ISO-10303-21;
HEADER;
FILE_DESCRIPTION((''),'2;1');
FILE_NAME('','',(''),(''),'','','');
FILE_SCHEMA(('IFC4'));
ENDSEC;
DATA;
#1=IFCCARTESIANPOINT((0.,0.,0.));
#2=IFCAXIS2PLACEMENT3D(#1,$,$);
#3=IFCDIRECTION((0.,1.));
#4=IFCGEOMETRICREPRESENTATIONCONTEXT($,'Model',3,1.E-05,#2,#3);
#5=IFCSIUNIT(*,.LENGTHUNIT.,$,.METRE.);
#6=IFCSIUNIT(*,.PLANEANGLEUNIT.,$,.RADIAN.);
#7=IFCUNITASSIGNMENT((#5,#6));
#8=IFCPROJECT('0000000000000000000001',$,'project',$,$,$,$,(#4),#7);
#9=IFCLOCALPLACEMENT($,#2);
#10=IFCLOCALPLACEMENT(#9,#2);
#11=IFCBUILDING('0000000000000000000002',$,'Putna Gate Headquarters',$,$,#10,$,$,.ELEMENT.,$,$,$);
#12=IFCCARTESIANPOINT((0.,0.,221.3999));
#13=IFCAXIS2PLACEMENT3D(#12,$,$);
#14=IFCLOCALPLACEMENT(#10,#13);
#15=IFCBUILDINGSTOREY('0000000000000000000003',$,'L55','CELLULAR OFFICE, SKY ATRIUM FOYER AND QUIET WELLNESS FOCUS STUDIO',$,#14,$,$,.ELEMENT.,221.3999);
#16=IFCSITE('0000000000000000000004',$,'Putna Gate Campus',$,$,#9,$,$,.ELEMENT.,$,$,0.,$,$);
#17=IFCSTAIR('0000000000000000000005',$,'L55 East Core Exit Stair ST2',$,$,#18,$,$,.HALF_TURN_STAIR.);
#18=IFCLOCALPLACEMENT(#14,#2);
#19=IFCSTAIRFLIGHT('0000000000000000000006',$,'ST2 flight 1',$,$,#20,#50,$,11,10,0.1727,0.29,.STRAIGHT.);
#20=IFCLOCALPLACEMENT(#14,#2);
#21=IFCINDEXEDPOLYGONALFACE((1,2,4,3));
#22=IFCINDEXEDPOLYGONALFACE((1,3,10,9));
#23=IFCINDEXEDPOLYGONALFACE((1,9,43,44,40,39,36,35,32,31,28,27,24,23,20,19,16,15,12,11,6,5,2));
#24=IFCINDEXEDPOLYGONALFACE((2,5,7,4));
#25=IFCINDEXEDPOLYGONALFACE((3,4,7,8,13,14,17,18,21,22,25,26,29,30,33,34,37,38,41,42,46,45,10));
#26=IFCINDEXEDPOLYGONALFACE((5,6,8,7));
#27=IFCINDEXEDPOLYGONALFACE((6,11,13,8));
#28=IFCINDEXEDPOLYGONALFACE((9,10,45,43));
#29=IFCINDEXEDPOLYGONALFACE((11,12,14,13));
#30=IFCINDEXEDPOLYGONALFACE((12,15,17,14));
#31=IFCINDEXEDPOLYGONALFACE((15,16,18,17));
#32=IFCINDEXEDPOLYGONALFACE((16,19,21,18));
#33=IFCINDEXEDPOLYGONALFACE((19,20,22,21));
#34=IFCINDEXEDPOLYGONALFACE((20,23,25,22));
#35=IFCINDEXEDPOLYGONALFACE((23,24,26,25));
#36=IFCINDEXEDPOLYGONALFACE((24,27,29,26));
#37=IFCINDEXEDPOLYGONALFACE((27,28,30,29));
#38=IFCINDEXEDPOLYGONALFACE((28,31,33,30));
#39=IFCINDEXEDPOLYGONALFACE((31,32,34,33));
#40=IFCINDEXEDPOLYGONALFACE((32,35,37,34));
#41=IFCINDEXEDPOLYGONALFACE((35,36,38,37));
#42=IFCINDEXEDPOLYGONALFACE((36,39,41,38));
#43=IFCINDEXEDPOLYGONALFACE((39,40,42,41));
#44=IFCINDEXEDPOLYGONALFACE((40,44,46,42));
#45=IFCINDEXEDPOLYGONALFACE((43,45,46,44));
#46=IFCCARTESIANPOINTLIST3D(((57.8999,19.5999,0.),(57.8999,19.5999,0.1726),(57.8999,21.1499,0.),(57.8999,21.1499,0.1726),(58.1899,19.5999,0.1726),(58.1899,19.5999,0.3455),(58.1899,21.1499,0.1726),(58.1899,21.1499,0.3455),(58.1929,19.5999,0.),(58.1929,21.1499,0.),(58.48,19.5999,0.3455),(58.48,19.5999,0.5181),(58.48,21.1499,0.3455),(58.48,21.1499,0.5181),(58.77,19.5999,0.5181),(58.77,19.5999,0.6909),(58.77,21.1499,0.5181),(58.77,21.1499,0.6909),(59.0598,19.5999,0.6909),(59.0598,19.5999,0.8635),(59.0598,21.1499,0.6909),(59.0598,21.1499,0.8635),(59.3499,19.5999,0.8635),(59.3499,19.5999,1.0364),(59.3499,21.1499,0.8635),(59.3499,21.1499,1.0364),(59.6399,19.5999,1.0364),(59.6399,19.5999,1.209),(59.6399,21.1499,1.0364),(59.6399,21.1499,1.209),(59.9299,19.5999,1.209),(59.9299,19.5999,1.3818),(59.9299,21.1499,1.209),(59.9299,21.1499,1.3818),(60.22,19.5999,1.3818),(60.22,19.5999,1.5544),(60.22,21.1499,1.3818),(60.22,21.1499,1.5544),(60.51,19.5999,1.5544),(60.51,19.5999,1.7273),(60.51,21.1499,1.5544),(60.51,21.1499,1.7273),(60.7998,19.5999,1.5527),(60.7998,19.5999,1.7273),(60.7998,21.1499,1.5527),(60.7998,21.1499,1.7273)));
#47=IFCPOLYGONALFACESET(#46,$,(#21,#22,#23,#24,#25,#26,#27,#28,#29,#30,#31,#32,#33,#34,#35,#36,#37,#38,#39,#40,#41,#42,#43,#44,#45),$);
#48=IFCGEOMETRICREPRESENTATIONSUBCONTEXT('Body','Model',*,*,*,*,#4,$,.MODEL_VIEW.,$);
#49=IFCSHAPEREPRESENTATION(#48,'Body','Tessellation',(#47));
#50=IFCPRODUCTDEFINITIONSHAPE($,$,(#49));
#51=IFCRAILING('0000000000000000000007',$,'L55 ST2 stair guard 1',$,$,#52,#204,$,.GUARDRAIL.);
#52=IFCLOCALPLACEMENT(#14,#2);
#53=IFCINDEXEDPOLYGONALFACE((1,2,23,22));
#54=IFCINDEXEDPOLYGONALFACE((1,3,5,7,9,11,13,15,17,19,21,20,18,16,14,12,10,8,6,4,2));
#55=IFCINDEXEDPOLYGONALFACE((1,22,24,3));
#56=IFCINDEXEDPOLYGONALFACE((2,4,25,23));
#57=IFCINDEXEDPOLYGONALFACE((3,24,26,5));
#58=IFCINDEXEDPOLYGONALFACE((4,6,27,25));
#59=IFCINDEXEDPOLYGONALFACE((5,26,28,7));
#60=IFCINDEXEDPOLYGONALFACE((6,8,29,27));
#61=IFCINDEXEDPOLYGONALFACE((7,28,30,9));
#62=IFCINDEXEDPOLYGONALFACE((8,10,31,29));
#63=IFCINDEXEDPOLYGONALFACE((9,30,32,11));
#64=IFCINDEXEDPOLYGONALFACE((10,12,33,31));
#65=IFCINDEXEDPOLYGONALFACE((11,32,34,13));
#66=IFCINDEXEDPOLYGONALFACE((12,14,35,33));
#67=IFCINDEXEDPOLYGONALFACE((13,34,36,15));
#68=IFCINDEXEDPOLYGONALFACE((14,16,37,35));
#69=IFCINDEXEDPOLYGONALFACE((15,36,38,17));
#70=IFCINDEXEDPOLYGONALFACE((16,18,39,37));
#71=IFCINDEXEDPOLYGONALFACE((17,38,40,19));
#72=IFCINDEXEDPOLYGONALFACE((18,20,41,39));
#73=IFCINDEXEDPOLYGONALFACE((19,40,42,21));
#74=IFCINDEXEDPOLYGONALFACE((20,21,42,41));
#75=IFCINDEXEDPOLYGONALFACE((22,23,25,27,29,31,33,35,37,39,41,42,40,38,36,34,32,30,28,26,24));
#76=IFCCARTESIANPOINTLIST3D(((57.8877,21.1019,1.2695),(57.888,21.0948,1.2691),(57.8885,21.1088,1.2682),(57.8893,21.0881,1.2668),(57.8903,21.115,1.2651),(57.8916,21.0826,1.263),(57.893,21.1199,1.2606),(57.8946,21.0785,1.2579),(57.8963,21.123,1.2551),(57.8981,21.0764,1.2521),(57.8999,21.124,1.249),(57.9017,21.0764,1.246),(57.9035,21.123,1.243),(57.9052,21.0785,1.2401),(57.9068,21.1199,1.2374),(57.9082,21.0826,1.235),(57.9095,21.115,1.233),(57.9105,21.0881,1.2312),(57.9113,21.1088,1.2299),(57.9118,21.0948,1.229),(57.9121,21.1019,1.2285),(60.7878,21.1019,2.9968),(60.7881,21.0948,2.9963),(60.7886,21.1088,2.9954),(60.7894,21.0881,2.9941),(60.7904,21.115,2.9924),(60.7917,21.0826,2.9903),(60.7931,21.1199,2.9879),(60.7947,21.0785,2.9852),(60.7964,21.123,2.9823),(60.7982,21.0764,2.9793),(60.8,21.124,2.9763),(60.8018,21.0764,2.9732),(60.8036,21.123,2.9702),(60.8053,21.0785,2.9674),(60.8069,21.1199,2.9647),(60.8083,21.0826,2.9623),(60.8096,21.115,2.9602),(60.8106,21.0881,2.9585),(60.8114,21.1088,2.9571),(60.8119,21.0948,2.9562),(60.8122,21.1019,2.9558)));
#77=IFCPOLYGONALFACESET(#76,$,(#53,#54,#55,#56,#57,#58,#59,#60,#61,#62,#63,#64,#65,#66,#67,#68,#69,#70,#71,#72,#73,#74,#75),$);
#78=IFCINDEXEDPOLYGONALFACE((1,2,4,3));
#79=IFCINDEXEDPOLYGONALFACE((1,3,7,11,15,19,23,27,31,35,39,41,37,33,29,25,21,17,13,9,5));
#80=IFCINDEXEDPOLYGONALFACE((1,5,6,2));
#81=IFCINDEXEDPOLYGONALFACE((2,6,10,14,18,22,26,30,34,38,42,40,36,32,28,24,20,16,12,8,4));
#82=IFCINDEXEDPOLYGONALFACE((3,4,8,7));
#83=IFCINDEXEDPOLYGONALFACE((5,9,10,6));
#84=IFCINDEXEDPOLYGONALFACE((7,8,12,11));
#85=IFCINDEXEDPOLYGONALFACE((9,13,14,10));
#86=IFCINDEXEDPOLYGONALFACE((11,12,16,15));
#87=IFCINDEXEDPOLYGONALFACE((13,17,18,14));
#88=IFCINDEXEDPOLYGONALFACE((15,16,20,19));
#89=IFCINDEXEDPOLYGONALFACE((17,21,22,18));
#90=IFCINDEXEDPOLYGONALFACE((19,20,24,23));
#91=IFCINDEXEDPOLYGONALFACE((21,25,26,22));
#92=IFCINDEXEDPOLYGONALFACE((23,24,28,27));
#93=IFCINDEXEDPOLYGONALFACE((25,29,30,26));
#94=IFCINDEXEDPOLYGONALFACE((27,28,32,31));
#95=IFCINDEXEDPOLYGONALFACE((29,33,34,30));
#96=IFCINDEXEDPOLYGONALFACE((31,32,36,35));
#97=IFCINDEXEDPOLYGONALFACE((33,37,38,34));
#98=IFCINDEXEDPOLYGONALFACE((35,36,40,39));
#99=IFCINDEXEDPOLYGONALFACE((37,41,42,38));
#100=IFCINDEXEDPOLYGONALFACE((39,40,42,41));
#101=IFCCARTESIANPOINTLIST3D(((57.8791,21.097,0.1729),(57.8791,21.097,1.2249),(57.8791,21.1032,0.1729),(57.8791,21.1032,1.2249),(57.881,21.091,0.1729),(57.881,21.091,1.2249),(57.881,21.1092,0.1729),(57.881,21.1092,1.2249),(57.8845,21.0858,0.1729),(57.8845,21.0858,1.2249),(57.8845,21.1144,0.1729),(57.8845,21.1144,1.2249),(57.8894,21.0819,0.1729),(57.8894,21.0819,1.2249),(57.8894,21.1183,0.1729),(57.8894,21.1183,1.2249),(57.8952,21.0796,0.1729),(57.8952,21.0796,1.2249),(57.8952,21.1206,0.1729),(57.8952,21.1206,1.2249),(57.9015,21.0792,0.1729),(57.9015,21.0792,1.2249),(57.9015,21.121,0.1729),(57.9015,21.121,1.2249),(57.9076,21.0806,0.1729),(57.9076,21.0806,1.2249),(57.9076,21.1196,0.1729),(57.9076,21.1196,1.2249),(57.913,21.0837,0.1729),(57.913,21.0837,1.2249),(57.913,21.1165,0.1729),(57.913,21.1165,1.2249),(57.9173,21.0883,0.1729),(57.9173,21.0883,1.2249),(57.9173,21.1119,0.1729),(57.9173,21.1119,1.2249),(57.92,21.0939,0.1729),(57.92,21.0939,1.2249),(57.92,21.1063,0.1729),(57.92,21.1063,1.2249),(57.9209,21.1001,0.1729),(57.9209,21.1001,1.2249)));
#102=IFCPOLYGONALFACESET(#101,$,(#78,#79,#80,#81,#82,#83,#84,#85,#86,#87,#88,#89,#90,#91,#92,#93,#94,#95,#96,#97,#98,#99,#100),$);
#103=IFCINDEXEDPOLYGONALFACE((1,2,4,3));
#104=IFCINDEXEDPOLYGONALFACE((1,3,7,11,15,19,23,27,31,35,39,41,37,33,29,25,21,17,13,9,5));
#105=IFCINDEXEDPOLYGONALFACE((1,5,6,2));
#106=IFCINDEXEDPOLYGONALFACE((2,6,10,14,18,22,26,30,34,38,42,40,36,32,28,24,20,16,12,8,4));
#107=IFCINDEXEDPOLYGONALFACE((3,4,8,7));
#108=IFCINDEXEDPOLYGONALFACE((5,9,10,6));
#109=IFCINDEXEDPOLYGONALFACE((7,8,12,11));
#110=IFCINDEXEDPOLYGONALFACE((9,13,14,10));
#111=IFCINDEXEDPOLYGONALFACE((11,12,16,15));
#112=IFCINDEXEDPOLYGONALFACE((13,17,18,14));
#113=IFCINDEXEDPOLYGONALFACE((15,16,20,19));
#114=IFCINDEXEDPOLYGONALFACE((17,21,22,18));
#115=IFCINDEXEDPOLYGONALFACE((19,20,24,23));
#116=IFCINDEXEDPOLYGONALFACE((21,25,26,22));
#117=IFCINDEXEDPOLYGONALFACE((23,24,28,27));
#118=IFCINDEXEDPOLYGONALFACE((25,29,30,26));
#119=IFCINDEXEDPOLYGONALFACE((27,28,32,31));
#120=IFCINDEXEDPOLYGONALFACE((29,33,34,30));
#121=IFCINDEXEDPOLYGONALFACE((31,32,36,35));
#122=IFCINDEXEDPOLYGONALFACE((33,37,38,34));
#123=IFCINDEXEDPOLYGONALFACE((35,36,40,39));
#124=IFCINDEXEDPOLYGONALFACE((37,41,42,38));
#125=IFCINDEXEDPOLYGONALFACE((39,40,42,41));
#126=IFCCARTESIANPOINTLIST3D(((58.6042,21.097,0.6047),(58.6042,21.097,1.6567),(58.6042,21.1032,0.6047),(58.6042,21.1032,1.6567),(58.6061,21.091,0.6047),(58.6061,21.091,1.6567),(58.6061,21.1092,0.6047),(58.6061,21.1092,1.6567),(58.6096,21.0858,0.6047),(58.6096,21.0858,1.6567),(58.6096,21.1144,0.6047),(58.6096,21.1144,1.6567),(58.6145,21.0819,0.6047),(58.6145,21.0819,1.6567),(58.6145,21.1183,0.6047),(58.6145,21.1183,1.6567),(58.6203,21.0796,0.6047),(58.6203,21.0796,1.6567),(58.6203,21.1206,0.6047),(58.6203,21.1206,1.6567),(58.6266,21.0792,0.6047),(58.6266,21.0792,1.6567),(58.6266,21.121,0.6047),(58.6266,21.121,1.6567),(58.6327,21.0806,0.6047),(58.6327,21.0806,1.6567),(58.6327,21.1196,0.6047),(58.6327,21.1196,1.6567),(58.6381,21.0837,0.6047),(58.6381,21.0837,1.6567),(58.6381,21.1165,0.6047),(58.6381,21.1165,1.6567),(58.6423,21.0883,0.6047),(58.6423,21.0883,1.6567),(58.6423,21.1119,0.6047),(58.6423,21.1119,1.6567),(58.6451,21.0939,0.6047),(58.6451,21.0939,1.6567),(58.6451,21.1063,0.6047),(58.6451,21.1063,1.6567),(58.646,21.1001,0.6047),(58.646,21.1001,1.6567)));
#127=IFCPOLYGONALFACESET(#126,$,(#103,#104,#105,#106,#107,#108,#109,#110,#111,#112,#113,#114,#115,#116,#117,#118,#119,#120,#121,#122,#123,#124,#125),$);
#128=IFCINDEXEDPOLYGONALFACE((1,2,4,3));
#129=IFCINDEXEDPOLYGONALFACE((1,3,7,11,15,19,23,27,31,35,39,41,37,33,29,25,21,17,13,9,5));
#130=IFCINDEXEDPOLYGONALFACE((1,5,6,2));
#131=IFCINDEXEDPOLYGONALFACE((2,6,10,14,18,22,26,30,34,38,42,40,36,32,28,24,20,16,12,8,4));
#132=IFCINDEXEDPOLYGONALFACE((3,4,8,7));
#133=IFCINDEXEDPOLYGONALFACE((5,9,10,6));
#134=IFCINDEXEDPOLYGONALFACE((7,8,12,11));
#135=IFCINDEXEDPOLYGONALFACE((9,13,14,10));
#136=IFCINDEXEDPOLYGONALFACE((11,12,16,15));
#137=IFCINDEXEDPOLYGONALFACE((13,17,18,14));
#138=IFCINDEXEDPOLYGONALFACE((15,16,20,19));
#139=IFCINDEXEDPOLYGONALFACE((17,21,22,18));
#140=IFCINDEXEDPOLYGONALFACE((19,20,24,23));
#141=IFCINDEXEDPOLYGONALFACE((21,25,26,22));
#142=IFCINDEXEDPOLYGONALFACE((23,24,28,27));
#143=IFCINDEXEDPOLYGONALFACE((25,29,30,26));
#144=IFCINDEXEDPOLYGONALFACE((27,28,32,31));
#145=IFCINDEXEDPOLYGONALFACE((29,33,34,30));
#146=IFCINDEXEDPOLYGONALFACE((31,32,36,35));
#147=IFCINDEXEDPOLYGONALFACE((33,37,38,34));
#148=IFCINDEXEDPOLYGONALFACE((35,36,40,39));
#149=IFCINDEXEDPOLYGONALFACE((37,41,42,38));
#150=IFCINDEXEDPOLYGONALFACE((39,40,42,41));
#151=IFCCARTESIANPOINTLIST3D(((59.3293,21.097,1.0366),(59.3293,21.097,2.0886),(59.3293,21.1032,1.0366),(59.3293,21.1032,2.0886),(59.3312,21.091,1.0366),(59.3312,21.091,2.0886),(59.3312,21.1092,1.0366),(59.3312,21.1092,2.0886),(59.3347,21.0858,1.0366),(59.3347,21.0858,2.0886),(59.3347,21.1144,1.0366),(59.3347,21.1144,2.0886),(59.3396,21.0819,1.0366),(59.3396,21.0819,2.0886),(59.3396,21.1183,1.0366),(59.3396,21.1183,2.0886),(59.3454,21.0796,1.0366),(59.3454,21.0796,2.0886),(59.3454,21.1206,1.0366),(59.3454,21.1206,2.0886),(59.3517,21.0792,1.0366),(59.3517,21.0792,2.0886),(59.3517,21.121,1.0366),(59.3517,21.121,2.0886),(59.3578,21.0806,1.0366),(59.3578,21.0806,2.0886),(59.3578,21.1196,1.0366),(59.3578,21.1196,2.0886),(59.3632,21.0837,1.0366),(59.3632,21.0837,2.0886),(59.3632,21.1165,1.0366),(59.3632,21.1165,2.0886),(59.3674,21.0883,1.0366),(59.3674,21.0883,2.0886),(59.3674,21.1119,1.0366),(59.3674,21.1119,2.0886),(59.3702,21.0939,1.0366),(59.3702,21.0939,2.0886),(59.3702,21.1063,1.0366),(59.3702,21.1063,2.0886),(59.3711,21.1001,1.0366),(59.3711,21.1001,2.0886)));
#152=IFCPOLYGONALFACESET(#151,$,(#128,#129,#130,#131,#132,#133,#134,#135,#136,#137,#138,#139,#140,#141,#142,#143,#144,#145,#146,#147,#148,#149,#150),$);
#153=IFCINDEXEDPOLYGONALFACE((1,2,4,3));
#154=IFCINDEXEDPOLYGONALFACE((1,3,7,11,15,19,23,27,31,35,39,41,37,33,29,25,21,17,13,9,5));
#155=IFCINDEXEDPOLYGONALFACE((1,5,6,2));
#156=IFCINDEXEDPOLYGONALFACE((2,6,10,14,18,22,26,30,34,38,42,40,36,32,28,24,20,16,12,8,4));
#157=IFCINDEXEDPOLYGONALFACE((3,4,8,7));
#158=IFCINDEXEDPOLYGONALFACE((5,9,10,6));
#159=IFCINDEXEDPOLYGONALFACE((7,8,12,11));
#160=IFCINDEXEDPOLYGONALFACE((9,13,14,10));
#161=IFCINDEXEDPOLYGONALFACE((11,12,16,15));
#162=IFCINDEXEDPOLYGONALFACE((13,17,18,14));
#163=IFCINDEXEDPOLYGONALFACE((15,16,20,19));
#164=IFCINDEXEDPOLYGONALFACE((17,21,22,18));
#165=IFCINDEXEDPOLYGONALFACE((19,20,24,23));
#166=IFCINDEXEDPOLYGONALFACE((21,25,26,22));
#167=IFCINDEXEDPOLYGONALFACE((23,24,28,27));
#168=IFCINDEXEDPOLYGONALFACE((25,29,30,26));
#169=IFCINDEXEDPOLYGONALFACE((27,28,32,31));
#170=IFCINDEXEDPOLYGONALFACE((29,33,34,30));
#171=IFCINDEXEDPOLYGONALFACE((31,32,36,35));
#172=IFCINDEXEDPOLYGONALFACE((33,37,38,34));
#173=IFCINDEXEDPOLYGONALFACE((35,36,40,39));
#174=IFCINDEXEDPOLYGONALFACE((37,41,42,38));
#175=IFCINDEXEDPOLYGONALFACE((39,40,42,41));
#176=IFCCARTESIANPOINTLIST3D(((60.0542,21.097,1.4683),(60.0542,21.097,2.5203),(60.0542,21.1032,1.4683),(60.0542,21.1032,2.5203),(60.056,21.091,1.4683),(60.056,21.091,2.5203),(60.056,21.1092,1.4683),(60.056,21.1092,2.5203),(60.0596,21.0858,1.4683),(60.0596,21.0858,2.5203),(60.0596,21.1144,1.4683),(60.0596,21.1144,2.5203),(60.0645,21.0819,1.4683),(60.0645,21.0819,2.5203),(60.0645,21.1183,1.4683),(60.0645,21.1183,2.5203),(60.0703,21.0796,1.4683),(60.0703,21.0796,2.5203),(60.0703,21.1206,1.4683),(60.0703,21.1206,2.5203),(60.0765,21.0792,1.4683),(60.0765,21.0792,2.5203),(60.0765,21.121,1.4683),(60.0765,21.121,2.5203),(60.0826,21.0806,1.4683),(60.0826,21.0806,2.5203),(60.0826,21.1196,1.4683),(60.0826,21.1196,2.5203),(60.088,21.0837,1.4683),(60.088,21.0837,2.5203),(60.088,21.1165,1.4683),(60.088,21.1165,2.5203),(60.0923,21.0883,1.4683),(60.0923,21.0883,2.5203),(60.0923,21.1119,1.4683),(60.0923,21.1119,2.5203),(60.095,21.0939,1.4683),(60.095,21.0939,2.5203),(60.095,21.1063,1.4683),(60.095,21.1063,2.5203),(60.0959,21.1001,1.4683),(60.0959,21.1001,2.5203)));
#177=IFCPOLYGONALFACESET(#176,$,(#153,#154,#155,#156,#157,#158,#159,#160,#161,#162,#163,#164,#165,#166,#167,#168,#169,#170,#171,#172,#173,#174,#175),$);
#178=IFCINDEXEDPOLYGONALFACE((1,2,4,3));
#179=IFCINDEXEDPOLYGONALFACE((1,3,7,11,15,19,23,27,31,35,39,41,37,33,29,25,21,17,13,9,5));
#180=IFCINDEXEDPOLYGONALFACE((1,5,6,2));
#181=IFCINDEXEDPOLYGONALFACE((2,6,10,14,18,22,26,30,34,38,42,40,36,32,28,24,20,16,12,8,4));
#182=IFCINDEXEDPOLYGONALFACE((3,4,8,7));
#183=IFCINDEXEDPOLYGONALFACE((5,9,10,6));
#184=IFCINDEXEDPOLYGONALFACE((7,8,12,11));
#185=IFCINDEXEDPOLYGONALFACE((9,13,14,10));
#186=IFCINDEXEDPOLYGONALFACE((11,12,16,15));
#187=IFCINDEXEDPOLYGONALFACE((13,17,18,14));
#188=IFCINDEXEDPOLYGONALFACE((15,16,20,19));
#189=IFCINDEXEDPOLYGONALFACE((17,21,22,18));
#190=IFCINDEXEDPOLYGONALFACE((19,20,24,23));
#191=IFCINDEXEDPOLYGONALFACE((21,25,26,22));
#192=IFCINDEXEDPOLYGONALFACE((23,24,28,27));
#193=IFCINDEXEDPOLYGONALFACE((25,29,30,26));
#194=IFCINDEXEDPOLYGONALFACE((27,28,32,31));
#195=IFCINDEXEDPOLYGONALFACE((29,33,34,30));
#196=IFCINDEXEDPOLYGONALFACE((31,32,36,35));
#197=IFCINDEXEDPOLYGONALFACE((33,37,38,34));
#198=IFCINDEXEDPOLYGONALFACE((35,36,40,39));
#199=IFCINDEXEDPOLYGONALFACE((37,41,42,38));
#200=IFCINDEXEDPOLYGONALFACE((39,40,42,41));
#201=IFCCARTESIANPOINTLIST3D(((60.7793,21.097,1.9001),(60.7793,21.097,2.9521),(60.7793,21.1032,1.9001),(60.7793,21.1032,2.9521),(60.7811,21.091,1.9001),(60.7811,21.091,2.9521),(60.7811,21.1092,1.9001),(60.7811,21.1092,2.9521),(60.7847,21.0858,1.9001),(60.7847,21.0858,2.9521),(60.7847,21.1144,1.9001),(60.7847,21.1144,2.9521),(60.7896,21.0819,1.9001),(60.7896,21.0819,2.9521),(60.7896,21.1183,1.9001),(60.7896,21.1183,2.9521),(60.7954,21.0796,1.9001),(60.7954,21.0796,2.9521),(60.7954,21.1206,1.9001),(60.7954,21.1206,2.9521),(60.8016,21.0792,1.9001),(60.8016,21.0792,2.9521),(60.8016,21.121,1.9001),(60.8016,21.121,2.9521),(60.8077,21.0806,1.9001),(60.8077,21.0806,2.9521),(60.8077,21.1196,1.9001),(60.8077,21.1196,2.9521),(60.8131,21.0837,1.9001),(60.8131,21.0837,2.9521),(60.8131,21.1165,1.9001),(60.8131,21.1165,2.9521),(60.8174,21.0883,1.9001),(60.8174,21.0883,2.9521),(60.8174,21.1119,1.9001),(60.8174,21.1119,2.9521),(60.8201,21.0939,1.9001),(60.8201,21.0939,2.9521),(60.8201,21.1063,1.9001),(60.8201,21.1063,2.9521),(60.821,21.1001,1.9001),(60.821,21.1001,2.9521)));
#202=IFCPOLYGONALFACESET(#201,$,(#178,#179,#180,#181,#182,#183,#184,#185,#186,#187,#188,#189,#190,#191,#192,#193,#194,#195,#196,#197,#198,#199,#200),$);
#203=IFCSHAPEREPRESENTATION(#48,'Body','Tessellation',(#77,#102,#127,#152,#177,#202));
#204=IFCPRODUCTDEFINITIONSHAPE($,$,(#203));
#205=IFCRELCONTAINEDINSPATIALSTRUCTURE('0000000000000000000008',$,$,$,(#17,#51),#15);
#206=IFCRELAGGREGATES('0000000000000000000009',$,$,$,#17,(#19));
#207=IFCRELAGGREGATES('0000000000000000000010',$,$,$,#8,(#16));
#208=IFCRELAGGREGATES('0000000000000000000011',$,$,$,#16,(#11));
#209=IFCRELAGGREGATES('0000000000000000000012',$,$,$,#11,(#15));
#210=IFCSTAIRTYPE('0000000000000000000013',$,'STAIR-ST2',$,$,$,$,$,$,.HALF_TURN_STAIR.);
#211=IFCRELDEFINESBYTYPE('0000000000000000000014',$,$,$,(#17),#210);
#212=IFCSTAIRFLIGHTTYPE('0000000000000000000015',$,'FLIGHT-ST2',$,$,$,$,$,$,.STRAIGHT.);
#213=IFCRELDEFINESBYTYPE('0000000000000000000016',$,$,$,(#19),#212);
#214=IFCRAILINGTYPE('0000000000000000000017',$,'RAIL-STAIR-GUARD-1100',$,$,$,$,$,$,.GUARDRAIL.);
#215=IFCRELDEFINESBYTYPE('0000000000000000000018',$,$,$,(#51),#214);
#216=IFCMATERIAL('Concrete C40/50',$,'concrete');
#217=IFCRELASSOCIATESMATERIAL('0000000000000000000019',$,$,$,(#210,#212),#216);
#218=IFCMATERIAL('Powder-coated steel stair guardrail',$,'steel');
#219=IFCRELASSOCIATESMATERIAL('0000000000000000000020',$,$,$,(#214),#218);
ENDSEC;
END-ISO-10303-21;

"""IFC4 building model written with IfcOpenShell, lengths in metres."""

from ifc_helpers import new_model, si_unit, direction, frame, origin, origin_2d, place, context, subcontext, project, spatial, polyline, circle, outline, extrude, material, type_object, element, aggregate, save


model = new_model("IFC4")

# Units and contexts
model_context = context("Model", 3, precision=1e-05, world=origin(), true_north=direction((0.0, 1.0)))
body_context = subcontext(model_context, "Body", "Model", "MODEL_VIEW")
ifc_project = project(units=[si_unit("LENGTHUNIT", "METRE"), si_unit("PLANEANGLEUNIT", "RADIAN")], contexts=[model_context])

# Site, building, storey
site_placement = place(None, origin())
site = spatial("IfcSite", under=ifc_project, at=site_placement, Name="Putna Gate Campus", CompositionType="ELEMENT", RefElevation=0.0)
building_placement = place(site_placement, origin())
building = spatial("IfcBuilding", under=site, at=building_placement, Name="Putna Gate Headquarters", CompositionType="ELEMENT")
storey_placement = place(building_placement, frame((0.0, 0.0, 221.3999)))
storey = spatial("IfcBuildingStorey", under=building, at=storey_placement, Name="L55", Description="CELLULAR OFFICE, SKY ATRIUM FOYER AND QUIET WELLNESS FOCUS STUDIO", CompositionType="ELEMENT", Elevation=221.3999)

# Shared definitions
ifc_material_1 = material(Name="Concrete C40/50", Category="concrete")

# Stair, stair flight
stair_type = type_object("IfcStairType", Name="STAIR-ST2", PredefinedType="HALF_TURN_STAIR", material=ifc_material_1)
stair_placement = place(storey_placement, origin())
stair = element("IfcStair", 1, at=stair_placement, inside=storey, type_object=stair_type, Name="L55 East Core Exit Stair ST2", PredefinedType="HALF_TURN_STAIR")
stair_flight_type = type_object("IfcStairFlightType", Name="FLIGHT-ST2", PredefinedType="STRAIGHT", material=ifc_material_1)
stair_flight_placement = place(storey_placement, frame((57.8999, 20.375, 0.0), z_axis=(0.0, 0.0, 1.0), x_axis=(1.0, 0.0, 0.0)))
stair_flight = element("IfcStairFlight", 2, at=stair_flight_placement, type_object=stair_flight_type, Name="ST2 flight 1", NumberOfRisers=11, NumberOfTreads=10, PredefinedType="STRAIGHT", RiserHeight=0.1727, TreadLength=0.29, context=body_context, shape_type="SweptSolid", body=[
    extrude(outline(polyline([(0.0, 0.0), (0.0, 0.1726), (0.29, 0.1726), (0.29, 0.3455), (0.5801, 0.3455), (0.5801, 0.5181), (0.8701, 0.5181), (0.8701, 0.6909), (1.1599, 0.6909), (1.1599, 0.8635), (1.45, 0.8635), (1.45, 1.0364), (1.74, 1.0364), (1.74, 1.209), (2.03, 1.209), (2.03, 1.3818), (2.3201, 1.3818), (2.3201, 1.5544), (2.6101, 1.5544), (2.6101, 1.7273), (2.8999, 1.7273), (2.8999, 1.8999), (2.8999, 1.5527), (0.293, 0.0), (0.0, 0.0)])), frame((0.0, 0.7749, 0.0), z_axis=(0.0, -1.0, 0.0), x_axis=(1.0, 0.0, 0.0)), (0.0, 0.0, 1.0), 1.55),
])
aggregate(stair, [stair_flight])

# Railing
ifc_material_2 = material(Name="Powder-coated steel stair guardrail", Category="steel")
railing_type_1 = type_object("IfcRailingType", Name="RAIL-STAIR-GUARD-1100", PredefinedType="GUARDRAIL", material=ifc_material_2)
railing_1_placement = place(storey_placement, frame((57.8999, 21.1001, 0.1729)))
element("IfcRailing", 3, at=railing_1_placement, inside=storey, type_object=railing_type_1, Name="L55 ST2 stair guard 1", PredefinedType="GUARDRAIL", context=body_context, shape_type="SweptSolid", body=[
    extrude(circle(Radius=0.0239, at=origin_2d()), frame((0.0, 0.0, 1.0762), z_axis=(0.85916, 0.0, 0.511706), x_axis=(0.0, 1.0, 0.0)), (0.0, 0.0, 1.0), 3.3755),
    extrude(circle(Radius=0.021, at=origin_2d()), origin(), (0.0, 0.0, 1.0), 1.052),
    extrude(circle(Radius=0.021, at=origin_2d()), frame((0.7251, 0.0, 0.4319)), (0.0, 0.0, 1.0), 1.052),
    extrude(circle(Radius=0.021, at=origin_2d()), frame((1.4502, 0.0, 0.8638)), (0.0, 0.0, 1.0), 1.052),
    extrude(circle(Radius=0.021, at=origin_2d()), frame((2.175, 0.0, 1.2954)), (0.0, 0.0, 1.0), 1.052),
    extrude(circle(Radius=0.021, at=origin_2d()), frame((2.9001, 0.0, 1.7273)), (0.0, 0.0, 1.0), 1.052),
])

save(model, "model.ifc")
